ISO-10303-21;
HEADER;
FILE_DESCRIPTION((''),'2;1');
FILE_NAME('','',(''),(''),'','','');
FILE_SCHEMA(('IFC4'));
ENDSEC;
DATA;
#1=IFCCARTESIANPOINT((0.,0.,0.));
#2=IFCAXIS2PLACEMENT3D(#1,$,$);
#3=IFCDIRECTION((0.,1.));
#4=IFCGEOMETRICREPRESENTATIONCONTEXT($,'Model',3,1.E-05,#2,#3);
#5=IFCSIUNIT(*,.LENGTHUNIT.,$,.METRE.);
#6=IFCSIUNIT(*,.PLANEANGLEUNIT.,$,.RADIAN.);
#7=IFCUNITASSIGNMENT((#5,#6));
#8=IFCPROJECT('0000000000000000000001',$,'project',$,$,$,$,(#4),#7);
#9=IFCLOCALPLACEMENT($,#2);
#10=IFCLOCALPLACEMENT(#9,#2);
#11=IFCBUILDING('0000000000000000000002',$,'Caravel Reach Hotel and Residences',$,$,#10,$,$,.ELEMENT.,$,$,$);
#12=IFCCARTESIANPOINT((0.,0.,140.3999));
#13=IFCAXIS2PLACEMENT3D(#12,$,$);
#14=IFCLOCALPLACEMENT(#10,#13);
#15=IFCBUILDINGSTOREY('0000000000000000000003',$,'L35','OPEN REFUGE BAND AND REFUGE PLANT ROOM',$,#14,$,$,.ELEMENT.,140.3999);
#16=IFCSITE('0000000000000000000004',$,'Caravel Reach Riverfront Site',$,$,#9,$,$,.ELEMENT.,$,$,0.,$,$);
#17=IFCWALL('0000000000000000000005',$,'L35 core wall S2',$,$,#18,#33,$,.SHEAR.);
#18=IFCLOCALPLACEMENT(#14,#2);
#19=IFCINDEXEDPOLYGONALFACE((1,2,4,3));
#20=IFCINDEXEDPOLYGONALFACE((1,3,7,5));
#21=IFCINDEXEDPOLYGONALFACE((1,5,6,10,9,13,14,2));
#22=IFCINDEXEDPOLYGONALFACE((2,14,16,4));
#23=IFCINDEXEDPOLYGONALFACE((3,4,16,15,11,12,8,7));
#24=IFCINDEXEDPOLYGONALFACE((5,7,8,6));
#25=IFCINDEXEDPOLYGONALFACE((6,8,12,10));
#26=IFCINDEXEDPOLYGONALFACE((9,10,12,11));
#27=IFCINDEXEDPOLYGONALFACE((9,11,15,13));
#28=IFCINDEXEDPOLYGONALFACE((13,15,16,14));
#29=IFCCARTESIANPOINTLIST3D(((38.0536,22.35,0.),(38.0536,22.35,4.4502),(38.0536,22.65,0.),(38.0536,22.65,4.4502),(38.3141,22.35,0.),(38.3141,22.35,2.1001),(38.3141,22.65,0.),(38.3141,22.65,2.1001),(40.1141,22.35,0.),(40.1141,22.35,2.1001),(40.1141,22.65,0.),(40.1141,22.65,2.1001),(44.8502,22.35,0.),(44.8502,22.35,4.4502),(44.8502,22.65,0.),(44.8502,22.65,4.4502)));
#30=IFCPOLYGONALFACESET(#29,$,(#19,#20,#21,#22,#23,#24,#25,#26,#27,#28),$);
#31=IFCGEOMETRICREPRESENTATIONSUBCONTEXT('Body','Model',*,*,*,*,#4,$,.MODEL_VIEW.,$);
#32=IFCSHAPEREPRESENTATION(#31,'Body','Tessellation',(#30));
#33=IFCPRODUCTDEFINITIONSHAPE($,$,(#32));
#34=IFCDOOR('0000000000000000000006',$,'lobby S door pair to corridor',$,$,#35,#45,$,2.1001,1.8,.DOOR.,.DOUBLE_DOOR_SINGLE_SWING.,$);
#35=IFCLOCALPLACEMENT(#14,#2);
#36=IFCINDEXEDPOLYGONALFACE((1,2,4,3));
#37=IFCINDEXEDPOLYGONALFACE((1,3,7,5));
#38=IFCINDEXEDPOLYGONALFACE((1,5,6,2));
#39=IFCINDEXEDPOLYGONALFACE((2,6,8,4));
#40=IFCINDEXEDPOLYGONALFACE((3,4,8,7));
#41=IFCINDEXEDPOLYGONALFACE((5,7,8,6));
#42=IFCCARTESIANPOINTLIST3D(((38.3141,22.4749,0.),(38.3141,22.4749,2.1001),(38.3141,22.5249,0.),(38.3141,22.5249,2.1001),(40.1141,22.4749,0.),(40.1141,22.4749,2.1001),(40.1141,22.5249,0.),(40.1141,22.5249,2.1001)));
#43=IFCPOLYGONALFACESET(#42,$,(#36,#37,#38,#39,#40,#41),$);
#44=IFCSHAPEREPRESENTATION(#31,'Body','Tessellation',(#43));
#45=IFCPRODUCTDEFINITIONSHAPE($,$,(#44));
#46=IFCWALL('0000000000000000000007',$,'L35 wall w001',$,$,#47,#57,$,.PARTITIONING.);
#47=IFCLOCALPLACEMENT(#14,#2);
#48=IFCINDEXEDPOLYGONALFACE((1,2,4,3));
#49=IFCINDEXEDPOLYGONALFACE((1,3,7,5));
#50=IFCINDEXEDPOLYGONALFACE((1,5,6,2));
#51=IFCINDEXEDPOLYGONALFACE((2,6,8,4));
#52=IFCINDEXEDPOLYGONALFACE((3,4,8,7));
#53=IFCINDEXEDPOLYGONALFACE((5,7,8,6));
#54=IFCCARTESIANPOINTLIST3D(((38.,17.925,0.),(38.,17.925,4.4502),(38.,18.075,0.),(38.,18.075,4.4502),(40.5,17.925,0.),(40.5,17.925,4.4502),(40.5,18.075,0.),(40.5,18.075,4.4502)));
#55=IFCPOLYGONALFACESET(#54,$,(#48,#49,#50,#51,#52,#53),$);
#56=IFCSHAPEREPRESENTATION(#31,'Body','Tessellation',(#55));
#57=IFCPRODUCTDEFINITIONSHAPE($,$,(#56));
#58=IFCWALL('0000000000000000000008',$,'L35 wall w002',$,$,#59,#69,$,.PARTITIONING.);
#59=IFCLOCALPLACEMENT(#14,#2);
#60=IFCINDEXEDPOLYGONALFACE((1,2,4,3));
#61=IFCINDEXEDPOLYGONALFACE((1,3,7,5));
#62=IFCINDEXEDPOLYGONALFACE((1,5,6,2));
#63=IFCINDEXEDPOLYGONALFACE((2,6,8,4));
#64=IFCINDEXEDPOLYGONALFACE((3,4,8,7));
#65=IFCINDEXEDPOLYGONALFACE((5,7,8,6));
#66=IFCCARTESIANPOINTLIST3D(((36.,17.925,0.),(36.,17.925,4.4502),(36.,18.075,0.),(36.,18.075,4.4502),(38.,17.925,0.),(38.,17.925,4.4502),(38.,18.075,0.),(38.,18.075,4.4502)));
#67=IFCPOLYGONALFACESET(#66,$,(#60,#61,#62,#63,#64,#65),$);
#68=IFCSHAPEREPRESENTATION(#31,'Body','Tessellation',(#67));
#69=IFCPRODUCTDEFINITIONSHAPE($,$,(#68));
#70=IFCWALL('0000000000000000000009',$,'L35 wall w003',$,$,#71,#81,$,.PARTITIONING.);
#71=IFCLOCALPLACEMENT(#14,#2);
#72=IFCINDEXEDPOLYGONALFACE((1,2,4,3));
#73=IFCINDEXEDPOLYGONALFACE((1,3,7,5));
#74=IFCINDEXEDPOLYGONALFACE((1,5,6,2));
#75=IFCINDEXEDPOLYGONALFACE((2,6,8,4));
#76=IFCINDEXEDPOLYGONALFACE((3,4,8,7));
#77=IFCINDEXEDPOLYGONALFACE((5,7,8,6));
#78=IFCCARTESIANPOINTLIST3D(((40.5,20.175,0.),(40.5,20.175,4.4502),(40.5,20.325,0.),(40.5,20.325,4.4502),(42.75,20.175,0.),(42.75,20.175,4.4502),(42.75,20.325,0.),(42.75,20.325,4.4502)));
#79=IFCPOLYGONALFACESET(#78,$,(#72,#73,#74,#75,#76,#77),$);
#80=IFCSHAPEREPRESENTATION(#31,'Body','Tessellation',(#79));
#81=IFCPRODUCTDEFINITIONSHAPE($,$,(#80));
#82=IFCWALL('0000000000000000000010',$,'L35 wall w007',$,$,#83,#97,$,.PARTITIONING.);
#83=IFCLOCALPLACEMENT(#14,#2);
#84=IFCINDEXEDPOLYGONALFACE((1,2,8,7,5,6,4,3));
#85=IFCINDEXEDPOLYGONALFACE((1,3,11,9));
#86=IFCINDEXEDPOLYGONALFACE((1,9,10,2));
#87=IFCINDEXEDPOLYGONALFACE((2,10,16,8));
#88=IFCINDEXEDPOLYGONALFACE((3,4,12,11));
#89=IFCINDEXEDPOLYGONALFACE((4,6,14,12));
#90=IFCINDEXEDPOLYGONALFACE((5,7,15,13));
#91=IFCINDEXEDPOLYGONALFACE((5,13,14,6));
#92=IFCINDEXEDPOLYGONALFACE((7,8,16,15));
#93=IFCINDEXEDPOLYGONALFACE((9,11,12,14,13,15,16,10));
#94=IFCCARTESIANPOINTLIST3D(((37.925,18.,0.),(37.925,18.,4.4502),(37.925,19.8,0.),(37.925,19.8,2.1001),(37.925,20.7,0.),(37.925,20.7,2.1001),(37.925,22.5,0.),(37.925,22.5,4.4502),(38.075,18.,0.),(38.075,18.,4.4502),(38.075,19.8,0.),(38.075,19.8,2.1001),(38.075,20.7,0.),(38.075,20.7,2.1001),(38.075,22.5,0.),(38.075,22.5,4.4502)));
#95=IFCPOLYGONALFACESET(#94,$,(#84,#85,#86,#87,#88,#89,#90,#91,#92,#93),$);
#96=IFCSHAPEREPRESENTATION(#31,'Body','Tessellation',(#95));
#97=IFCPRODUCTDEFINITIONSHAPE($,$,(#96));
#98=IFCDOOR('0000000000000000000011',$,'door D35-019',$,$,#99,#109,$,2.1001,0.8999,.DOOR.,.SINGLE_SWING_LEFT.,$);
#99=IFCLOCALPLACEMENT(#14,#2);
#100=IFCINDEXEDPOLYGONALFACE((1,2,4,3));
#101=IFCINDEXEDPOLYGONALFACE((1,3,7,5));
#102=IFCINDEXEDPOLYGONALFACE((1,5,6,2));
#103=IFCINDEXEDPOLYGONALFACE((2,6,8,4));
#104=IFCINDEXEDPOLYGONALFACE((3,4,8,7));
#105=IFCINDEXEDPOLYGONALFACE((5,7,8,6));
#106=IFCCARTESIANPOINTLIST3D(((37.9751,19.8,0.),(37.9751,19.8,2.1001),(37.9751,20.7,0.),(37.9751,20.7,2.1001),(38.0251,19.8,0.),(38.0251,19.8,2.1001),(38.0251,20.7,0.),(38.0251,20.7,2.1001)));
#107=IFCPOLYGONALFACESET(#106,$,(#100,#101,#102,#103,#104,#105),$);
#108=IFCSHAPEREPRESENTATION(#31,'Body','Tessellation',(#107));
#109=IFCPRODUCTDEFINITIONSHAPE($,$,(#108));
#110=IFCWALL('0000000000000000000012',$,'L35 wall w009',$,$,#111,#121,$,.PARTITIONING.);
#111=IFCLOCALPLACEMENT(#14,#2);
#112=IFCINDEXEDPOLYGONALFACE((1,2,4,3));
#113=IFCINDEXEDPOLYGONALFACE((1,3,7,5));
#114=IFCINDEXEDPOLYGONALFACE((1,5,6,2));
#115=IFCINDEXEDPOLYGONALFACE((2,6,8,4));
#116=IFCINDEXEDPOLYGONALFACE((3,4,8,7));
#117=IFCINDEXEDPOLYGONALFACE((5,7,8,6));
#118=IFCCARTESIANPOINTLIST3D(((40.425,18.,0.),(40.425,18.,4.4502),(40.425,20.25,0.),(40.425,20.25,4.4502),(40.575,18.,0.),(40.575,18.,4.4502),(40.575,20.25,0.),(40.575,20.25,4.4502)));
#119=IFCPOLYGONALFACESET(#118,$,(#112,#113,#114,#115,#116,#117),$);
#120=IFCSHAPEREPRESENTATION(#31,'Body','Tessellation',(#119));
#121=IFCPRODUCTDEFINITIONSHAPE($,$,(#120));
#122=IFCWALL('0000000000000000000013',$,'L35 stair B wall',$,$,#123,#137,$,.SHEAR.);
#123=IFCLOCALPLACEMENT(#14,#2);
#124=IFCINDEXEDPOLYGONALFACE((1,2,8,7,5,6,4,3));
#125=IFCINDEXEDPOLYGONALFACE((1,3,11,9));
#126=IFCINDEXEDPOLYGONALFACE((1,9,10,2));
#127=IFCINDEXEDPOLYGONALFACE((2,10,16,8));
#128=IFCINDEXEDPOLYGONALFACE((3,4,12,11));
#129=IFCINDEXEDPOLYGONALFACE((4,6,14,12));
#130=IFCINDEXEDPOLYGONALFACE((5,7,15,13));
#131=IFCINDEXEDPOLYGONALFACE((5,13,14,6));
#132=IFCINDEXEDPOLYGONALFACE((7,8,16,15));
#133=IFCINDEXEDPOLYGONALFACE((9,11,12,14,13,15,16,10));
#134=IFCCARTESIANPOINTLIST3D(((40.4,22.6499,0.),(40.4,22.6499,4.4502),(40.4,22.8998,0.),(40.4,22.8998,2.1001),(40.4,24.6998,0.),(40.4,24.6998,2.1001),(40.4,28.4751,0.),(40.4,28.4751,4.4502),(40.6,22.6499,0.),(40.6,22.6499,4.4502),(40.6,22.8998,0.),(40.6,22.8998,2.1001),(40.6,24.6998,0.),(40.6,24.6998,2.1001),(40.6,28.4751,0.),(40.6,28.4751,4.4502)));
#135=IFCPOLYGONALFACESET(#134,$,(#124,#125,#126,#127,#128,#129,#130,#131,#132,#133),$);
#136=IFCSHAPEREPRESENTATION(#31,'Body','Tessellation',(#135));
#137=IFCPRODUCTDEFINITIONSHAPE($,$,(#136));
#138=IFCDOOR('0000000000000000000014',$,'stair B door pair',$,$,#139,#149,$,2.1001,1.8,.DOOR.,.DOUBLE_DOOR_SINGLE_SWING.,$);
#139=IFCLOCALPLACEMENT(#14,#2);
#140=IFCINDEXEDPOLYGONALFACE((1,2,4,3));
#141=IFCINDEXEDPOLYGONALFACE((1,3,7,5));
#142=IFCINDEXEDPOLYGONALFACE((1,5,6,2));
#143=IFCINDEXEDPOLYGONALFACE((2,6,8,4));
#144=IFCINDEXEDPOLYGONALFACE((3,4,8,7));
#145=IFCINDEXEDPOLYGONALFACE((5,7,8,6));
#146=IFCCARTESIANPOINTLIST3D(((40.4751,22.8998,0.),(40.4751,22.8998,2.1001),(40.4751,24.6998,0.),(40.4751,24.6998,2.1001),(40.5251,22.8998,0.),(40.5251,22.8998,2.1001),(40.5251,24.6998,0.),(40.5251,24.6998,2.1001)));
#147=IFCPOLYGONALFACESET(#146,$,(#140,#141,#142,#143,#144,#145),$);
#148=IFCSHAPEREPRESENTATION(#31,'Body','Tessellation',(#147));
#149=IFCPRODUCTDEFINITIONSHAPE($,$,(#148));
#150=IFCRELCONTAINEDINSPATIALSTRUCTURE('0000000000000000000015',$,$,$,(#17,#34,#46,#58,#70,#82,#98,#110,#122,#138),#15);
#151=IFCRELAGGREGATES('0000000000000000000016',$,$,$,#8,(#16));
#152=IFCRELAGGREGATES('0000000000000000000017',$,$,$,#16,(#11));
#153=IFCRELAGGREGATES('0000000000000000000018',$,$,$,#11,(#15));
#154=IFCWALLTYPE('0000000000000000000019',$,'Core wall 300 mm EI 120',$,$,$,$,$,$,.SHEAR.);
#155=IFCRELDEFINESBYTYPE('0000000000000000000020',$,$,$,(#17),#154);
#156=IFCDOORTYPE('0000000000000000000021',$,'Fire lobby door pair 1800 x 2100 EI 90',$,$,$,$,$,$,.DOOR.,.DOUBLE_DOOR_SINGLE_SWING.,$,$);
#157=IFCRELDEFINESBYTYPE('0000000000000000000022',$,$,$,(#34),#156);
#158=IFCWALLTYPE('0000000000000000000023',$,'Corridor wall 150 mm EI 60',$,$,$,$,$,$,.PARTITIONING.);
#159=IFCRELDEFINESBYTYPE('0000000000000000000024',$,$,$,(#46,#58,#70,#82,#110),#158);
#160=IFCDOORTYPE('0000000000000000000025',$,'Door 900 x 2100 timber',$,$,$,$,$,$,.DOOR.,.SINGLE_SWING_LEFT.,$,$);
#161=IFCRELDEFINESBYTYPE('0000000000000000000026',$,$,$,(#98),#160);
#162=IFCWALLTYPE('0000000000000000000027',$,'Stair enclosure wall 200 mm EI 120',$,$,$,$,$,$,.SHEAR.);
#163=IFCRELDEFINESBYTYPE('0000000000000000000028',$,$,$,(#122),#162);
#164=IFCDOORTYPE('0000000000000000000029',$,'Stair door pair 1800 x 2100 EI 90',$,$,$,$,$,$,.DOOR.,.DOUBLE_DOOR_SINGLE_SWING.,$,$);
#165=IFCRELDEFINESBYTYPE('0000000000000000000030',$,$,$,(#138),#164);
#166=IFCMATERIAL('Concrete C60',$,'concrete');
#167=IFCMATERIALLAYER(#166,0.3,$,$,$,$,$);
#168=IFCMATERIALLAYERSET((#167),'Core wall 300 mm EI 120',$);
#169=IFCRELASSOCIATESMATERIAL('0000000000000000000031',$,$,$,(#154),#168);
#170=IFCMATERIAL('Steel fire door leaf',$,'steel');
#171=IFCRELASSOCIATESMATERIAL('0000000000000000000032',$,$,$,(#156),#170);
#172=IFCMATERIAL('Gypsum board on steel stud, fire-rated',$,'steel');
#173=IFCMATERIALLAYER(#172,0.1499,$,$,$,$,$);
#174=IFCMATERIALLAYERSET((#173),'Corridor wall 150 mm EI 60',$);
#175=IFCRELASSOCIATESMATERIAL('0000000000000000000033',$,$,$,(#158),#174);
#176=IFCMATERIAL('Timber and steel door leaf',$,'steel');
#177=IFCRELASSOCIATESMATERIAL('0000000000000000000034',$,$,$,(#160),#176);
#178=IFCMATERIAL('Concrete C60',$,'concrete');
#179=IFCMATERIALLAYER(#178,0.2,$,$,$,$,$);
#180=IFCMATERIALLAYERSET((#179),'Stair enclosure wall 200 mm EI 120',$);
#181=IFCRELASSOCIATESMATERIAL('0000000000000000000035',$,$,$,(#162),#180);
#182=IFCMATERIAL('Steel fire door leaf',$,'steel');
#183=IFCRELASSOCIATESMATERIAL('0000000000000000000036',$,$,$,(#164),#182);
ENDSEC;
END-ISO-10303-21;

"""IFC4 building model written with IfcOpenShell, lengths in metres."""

from ifc_helpers import new_model, si_unit, direction, frame, frame_2d, origin, place, context, subcontext, project, spatial, rectangle, extrude, material, layer, layer_set, type_object, element, fill, save


model = new_model("IFC4")

# Units and contexts
model_context = context("Model", 3, precision=1e-05, world=origin(), true_north=direction((0.0, 1.0)))
body_context = subcontext(model_context, "Body", "Model", "MODEL_VIEW")
ifc_project = project(units=[si_unit("LENGTHUNIT", "METRE"), si_unit("PLANEANGLEUNIT", "RADIAN")], contexts=[model_context])

# Site, building, storey
site_placement = place(None, origin())
site = spatial("IfcSite", under=ifc_project, at=site_placement, Name="Caravel Reach Riverfront Site", CompositionType="ELEMENT", RefElevation=0.0)
building_placement = place(site_placement, origin())
building = spatial("IfcBuilding", under=site, at=building_placement, Name="Caravel Reach Hotel and Residences", CompositionType="ELEMENT")
storey_placement = place(building_placement, frame((0.0, 0.0, 140.3999)))
storey = spatial("IfcBuildingStorey", under=building, at=storey_placement, Name="L35", Description="OPEN REFUGE BAND AND REFUGE PLANT ROOM", CompositionType="ELEMENT", Elevation=140.3999)

# Wall, opening, door
ifc_material_1 = material(Name="Concrete C60", Category="concrete")
ifc_layer_1 = layer(ifc_material_1, 0.3)
ifc_layer_set_1 = layer_set([ifc_layer_1], Name="Core wall 300 mm EI 120")
wall_type_1 = type_object("IfcWallType", Name="Core wall 300 mm EI 120", PredefinedType="SHEAR", material=ifc_layer_set_1)
wall_1_placement = place(storey_placement, frame((38.0535, 22.5, 0.0), z_axis=(0.0, 0.0, 1.0), x_axis=(1.0, 0.0, 0.0)))
wall_1 = element("IfcWall", 1, at=wall_1_placement, inside=storey, type_object=wall_type_1, Name="L35 core wall S2", PredefinedType="SHEAR", context=body_context, shape_type="SweptSolid", body=[
    extrude(rectangle(XDim=6.7966, YDim=0.3, at=frame_2d((3.3984, 0.0))), origin(), (0.0, 0.0, 1.0), 4.4502),
])
opening_1_placement = place(wall_1_placement, frame((0.2607, 0.0, 0.0)))
opening_1 = element("IfcOpeningElement", 2, at=opening_1_placement, cuts=wall_1, PredefinedType="OPENING", context=body_context, shape_type="SweptSolid", body=[
    extrude(rectangle(XDim=1.8, YDim=2.1001, at=frame_2d((0.8999, 1.05))), frame((0.0, 0.1599, 0.0), z_axis=(0.0, -1.0, 0.0), x_axis=(1.0, 0.0, 0.0)), (0.0, 0.0, 1.0), 0.3201),
])
ifc_material_2 = material(Name="Steel fire door leaf", Category="steel")
door_type_1 = type_object("IfcDoorType", Name="Fire lobby door pair 1800 x 2100 EI 90", OperationType="DOUBLE_DOOR_SINGLE_SWING", PredefinedType="DOOR", material=ifc_material_2)
door_1_placement = place(opening_1_placement, origin())
door_1 = element("IfcDoor", 3, at=door_1_placement, inside=storey, type_object=door_type_1, Name="lobby S door pair to corridor", OperationType="DOUBLE_DOOR_SINGLE_SWING", OverallHeight=2.1001, OverallWidth=1.8, PredefinedType="DOOR", context=body_context, shape_type="SweptSolid", body=[
    extrude(rectangle(XDim=1.8, YDim=2.1001, at=frame_2d((0.8999, 1.05))), frame((0.0, 0.0249, 0.0), z_axis=(0.0, -1.0, 0.0), x_axis=(1.0, 0.0, 0.0)), (0.0, 0.0, 1.0), 0.05),
])
fill(opening_1, door_1)

# Walls
ifc_material_3 = material(Name="Gypsum board on steel stud, fire-rated", Category="steel")
ifc_layer_2 = layer(ifc_material_3, 0.1499)
ifc_layer_set_2 = layer_set([ifc_layer_2], Name="Corridor wall 150 mm EI 60")
wall_type_2 = type_object("IfcWallType", Name="Corridor wall 150 mm EI 60", PredefinedType="PARTITIONING", material=ifc_layer_set_2)
wall_2_placement = place(storey_placement, frame((38.0, 18.0, 0.0), z_axis=(0.0, 0.0, 1.0), x_axis=(1.0, 0.0, 0.0)))
element("IfcWall", 4, at=wall_2_placement, inside=storey, type_object=wall_type_2, Name="L35 wall w001", PredefinedType="PARTITIONING", context=body_context, shape_type="SweptSolid", body=[
    extrude(rectangle(XDim=2.5, YDim=0.1499, at=frame_2d((1.25, 0.0))), origin(), (0.0, 0.0, 1.0), 4.4502),
])
wall_3_placement = place(storey_placement, frame((36.0, 18.0, 0.0), z_axis=(0.0, 0.0, 1.0), x_axis=(1.0, 0.0, 0.0)))
element("IfcWall", 5, at=wall_3_placement, inside=storey, type_object=wall_type_2, Name="L35 wall w002", PredefinedType="PARTITIONING", context=body_context, shape_type="SweptSolid", body=[
    extrude(rectangle(XDim=2.0, YDim=0.1499, at=frame_2d((1.0, 0.0))), origin(), (0.0, 0.0, 1.0), 4.4502),
])
wall_4_placement = place(storey_placement, frame((40.5, 20.25, 0.0), z_axis=(0.0, 0.0, 1.0), x_axis=(1.0, 0.0, 0.0)))
element("IfcWall", 6, at=wall_4_placement, inside=storey, type_object=wall_type_2, Name="L35 wall w003", PredefinedType="PARTITIONING", context=body_context, shape_type="SweptSolid", body=[
    extrude(rectangle(XDim=2.25, YDim=0.1499, at=frame_2d((1.125, 0.0))), origin(), (0.0, 0.0, 1.0), 4.4502),
])

# Wall, opening, door
wall_5_placement = place(storey_placement, frame((38.0, 18.0, 0.0), z_axis=(0.0, 0.0, 1.0), x_axis=(0.0, 1.0, 0.0)))
wall_5 = element("IfcWall", 7, at=wall_5_placement, inside=storey, type_object=wall_type_2, Name="L35 wall w007", PredefinedType="PARTITIONING", context=body_context, shape_type="SweptSolid", body=[
    extrude(rectangle(XDim=4.5, YDim=0.1499, at=frame_2d((2.25, 0.0))), origin(), (0.0, 0.0, 1.0), 4.4502),
])
opening_2_placement = place(wall_5_placement, frame((1.8, 0.0, 0.0)))
opening_2 = element("IfcOpeningElement", 8, at=opening_2_placement, cuts=wall_5, PredefinedType="OPENING", context=body_context, shape_type="SweptSolid", body=[
    extrude(rectangle(XDim=0.8999, YDim=2.1001, at=frame_2d((0.45, 1.05))), frame((0.0, 0.085, 0.0), z_axis=(0.0, -1.0, 0.0), x_axis=(1.0, 0.0, 0.0)), (0.0, 0.0, 1.0), 0.1699),
])
ifc_material_4 = material(Name="Timber and steel door leaf", Category="steel")
door_type_2 = type_object("IfcDoorType", Name="Door 900 x 2100 timber", OperationType="SINGLE_SWING_LEFT", PredefinedType="DOOR", material=ifc_material_4)
door_2_placement = place(opening_2_placement, origin())
door_2 = element("IfcDoor", 9, at=door_2_placement, inside=storey, type_object=door_type_2, Name="door D35-019", OperationType="SINGLE_SWING_LEFT", OverallHeight=2.1001, OverallWidth=0.8999, PredefinedType="DOOR", context=body_context, shape_type="SweptSolid", body=[
    extrude(rectangle(XDim=0.8999, YDim=2.1001, at=frame_2d((0.45, 1.05))), frame((0.0, 0.0249, 0.0), z_axis=(0.0, -1.0, 0.0), x_axis=(1.0, 0.0, 0.0)), (0.0, 0.0, 1.0), 0.05),
])
fill(opening_2, door_2)

# Wall
wall_6_placement = place(storey_placement, frame((40.5, 18.0, 0.0), z_axis=(0.0, 0.0, 1.0), x_axis=(0.0, 1.0, 0.0)))
element("IfcWall", 10, at=wall_6_placement, inside=storey, type_object=wall_type_2, Name="L35 wall w009", PredefinedType="PARTITIONING", context=body_context, shape_type="SweptSolid", body=[
    extrude(rectangle(XDim=2.25, YDim=0.1499, at=frame_2d((1.125, 0.0))), origin(), (0.0, 0.0, 1.0), 4.4502),
])

# Wall, opening, door
ifc_material_5 = material(Name="Concrete C60", Category="concrete")
ifc_layer_3 = layer(ifc_material_5, 0.2)
ifc_layer_set_3 = layer_set([ifc_layer_3], Name="Stair enclosure wall 200 mm EI 120")
wall_type_3 = type_object("IfcWallType", Name="Stair enclosure wall 200 mm EI 120", PredefinedType="SHEAR", material=ifc_layer_set_3)
wall_7_placement = place(storey_placement, frame((40.5, 22.6499, 0.0), z_axis=(0.0, 0.0, 1.0), x_axis=(0.0, 1.0, 0.0)))
wall_7 = element("IfcWall", 11, at=wall_7_placement, inside=storey, type_object=wall_type_3, Name="L35 stair B wall", PredefinedType="SHEAR", context=body_context, shape_type="SweptSolid", body=[
    extrude(rectangle(XDim=5.8252, YDim=0.2, at=frame_2d((2.9126, 0.0))), origin(), (0.0, 0.0, 1.0), 4.4502),
])
opening_3_placement = place(wall_7_placement, frame((0.25, 0.0, 0.0)))
opening_3 = element("IfcOpeningElement", 12, at=opening_3_placement, cuts=wall_7, PredefinedType="OPENING", context=body_context, shape_type="SweptSolid", body=[
    extrude(rectangle(XDim=1.8, YDim=2.1001, at=frame_2d((0.8999, 1.05))), frame((0.0, 0.1099, 0.0), z_axis=(0.0, -1.0, 0.0), x_axis=(1.0, 0.0, 0.0)), (0.0, 0.0, 1.0), 0.22),
])
ifc_material_6 = material(Name="Steel fire door leaf", Category="steel")
door_type_3 = type_object("IfcDoorType", Name="Stair door pair 1800 x 2100 EI 90", OperationType="DOUBLE_DOOR_SINGLE_SWING", PredefinedType="DOOR", material=ifc_material_6)
door_3_placement = place(opening_3_placement, origin())
door_3 = element("IfcDoor", 13, at=door_3_placement, inside=storey, type_object=door_type_3, Name="stair B door pair", OperationType="DOUBLE_DOOR_SINGLE_SWING", OverallHeight=2.1001, OverallWidth=1.8, PredefinedType="DOOR", context=body_context, shape_type="SweptSolid", body=[
    extrude(rectangle(XDim=1.8, YDim=2.1001, at=frame_2d((0.8999, 1.05))), frame((0.0, 0.0249, 0.0), z_axis=(0.0, -1.0, 0.0), x_axis=(1.0, 0.0, 0.0)), (0.0, 0.0, 1.0), 0.05),
])
fill(opening_3, door_3)

save(model, "model.ifc")
